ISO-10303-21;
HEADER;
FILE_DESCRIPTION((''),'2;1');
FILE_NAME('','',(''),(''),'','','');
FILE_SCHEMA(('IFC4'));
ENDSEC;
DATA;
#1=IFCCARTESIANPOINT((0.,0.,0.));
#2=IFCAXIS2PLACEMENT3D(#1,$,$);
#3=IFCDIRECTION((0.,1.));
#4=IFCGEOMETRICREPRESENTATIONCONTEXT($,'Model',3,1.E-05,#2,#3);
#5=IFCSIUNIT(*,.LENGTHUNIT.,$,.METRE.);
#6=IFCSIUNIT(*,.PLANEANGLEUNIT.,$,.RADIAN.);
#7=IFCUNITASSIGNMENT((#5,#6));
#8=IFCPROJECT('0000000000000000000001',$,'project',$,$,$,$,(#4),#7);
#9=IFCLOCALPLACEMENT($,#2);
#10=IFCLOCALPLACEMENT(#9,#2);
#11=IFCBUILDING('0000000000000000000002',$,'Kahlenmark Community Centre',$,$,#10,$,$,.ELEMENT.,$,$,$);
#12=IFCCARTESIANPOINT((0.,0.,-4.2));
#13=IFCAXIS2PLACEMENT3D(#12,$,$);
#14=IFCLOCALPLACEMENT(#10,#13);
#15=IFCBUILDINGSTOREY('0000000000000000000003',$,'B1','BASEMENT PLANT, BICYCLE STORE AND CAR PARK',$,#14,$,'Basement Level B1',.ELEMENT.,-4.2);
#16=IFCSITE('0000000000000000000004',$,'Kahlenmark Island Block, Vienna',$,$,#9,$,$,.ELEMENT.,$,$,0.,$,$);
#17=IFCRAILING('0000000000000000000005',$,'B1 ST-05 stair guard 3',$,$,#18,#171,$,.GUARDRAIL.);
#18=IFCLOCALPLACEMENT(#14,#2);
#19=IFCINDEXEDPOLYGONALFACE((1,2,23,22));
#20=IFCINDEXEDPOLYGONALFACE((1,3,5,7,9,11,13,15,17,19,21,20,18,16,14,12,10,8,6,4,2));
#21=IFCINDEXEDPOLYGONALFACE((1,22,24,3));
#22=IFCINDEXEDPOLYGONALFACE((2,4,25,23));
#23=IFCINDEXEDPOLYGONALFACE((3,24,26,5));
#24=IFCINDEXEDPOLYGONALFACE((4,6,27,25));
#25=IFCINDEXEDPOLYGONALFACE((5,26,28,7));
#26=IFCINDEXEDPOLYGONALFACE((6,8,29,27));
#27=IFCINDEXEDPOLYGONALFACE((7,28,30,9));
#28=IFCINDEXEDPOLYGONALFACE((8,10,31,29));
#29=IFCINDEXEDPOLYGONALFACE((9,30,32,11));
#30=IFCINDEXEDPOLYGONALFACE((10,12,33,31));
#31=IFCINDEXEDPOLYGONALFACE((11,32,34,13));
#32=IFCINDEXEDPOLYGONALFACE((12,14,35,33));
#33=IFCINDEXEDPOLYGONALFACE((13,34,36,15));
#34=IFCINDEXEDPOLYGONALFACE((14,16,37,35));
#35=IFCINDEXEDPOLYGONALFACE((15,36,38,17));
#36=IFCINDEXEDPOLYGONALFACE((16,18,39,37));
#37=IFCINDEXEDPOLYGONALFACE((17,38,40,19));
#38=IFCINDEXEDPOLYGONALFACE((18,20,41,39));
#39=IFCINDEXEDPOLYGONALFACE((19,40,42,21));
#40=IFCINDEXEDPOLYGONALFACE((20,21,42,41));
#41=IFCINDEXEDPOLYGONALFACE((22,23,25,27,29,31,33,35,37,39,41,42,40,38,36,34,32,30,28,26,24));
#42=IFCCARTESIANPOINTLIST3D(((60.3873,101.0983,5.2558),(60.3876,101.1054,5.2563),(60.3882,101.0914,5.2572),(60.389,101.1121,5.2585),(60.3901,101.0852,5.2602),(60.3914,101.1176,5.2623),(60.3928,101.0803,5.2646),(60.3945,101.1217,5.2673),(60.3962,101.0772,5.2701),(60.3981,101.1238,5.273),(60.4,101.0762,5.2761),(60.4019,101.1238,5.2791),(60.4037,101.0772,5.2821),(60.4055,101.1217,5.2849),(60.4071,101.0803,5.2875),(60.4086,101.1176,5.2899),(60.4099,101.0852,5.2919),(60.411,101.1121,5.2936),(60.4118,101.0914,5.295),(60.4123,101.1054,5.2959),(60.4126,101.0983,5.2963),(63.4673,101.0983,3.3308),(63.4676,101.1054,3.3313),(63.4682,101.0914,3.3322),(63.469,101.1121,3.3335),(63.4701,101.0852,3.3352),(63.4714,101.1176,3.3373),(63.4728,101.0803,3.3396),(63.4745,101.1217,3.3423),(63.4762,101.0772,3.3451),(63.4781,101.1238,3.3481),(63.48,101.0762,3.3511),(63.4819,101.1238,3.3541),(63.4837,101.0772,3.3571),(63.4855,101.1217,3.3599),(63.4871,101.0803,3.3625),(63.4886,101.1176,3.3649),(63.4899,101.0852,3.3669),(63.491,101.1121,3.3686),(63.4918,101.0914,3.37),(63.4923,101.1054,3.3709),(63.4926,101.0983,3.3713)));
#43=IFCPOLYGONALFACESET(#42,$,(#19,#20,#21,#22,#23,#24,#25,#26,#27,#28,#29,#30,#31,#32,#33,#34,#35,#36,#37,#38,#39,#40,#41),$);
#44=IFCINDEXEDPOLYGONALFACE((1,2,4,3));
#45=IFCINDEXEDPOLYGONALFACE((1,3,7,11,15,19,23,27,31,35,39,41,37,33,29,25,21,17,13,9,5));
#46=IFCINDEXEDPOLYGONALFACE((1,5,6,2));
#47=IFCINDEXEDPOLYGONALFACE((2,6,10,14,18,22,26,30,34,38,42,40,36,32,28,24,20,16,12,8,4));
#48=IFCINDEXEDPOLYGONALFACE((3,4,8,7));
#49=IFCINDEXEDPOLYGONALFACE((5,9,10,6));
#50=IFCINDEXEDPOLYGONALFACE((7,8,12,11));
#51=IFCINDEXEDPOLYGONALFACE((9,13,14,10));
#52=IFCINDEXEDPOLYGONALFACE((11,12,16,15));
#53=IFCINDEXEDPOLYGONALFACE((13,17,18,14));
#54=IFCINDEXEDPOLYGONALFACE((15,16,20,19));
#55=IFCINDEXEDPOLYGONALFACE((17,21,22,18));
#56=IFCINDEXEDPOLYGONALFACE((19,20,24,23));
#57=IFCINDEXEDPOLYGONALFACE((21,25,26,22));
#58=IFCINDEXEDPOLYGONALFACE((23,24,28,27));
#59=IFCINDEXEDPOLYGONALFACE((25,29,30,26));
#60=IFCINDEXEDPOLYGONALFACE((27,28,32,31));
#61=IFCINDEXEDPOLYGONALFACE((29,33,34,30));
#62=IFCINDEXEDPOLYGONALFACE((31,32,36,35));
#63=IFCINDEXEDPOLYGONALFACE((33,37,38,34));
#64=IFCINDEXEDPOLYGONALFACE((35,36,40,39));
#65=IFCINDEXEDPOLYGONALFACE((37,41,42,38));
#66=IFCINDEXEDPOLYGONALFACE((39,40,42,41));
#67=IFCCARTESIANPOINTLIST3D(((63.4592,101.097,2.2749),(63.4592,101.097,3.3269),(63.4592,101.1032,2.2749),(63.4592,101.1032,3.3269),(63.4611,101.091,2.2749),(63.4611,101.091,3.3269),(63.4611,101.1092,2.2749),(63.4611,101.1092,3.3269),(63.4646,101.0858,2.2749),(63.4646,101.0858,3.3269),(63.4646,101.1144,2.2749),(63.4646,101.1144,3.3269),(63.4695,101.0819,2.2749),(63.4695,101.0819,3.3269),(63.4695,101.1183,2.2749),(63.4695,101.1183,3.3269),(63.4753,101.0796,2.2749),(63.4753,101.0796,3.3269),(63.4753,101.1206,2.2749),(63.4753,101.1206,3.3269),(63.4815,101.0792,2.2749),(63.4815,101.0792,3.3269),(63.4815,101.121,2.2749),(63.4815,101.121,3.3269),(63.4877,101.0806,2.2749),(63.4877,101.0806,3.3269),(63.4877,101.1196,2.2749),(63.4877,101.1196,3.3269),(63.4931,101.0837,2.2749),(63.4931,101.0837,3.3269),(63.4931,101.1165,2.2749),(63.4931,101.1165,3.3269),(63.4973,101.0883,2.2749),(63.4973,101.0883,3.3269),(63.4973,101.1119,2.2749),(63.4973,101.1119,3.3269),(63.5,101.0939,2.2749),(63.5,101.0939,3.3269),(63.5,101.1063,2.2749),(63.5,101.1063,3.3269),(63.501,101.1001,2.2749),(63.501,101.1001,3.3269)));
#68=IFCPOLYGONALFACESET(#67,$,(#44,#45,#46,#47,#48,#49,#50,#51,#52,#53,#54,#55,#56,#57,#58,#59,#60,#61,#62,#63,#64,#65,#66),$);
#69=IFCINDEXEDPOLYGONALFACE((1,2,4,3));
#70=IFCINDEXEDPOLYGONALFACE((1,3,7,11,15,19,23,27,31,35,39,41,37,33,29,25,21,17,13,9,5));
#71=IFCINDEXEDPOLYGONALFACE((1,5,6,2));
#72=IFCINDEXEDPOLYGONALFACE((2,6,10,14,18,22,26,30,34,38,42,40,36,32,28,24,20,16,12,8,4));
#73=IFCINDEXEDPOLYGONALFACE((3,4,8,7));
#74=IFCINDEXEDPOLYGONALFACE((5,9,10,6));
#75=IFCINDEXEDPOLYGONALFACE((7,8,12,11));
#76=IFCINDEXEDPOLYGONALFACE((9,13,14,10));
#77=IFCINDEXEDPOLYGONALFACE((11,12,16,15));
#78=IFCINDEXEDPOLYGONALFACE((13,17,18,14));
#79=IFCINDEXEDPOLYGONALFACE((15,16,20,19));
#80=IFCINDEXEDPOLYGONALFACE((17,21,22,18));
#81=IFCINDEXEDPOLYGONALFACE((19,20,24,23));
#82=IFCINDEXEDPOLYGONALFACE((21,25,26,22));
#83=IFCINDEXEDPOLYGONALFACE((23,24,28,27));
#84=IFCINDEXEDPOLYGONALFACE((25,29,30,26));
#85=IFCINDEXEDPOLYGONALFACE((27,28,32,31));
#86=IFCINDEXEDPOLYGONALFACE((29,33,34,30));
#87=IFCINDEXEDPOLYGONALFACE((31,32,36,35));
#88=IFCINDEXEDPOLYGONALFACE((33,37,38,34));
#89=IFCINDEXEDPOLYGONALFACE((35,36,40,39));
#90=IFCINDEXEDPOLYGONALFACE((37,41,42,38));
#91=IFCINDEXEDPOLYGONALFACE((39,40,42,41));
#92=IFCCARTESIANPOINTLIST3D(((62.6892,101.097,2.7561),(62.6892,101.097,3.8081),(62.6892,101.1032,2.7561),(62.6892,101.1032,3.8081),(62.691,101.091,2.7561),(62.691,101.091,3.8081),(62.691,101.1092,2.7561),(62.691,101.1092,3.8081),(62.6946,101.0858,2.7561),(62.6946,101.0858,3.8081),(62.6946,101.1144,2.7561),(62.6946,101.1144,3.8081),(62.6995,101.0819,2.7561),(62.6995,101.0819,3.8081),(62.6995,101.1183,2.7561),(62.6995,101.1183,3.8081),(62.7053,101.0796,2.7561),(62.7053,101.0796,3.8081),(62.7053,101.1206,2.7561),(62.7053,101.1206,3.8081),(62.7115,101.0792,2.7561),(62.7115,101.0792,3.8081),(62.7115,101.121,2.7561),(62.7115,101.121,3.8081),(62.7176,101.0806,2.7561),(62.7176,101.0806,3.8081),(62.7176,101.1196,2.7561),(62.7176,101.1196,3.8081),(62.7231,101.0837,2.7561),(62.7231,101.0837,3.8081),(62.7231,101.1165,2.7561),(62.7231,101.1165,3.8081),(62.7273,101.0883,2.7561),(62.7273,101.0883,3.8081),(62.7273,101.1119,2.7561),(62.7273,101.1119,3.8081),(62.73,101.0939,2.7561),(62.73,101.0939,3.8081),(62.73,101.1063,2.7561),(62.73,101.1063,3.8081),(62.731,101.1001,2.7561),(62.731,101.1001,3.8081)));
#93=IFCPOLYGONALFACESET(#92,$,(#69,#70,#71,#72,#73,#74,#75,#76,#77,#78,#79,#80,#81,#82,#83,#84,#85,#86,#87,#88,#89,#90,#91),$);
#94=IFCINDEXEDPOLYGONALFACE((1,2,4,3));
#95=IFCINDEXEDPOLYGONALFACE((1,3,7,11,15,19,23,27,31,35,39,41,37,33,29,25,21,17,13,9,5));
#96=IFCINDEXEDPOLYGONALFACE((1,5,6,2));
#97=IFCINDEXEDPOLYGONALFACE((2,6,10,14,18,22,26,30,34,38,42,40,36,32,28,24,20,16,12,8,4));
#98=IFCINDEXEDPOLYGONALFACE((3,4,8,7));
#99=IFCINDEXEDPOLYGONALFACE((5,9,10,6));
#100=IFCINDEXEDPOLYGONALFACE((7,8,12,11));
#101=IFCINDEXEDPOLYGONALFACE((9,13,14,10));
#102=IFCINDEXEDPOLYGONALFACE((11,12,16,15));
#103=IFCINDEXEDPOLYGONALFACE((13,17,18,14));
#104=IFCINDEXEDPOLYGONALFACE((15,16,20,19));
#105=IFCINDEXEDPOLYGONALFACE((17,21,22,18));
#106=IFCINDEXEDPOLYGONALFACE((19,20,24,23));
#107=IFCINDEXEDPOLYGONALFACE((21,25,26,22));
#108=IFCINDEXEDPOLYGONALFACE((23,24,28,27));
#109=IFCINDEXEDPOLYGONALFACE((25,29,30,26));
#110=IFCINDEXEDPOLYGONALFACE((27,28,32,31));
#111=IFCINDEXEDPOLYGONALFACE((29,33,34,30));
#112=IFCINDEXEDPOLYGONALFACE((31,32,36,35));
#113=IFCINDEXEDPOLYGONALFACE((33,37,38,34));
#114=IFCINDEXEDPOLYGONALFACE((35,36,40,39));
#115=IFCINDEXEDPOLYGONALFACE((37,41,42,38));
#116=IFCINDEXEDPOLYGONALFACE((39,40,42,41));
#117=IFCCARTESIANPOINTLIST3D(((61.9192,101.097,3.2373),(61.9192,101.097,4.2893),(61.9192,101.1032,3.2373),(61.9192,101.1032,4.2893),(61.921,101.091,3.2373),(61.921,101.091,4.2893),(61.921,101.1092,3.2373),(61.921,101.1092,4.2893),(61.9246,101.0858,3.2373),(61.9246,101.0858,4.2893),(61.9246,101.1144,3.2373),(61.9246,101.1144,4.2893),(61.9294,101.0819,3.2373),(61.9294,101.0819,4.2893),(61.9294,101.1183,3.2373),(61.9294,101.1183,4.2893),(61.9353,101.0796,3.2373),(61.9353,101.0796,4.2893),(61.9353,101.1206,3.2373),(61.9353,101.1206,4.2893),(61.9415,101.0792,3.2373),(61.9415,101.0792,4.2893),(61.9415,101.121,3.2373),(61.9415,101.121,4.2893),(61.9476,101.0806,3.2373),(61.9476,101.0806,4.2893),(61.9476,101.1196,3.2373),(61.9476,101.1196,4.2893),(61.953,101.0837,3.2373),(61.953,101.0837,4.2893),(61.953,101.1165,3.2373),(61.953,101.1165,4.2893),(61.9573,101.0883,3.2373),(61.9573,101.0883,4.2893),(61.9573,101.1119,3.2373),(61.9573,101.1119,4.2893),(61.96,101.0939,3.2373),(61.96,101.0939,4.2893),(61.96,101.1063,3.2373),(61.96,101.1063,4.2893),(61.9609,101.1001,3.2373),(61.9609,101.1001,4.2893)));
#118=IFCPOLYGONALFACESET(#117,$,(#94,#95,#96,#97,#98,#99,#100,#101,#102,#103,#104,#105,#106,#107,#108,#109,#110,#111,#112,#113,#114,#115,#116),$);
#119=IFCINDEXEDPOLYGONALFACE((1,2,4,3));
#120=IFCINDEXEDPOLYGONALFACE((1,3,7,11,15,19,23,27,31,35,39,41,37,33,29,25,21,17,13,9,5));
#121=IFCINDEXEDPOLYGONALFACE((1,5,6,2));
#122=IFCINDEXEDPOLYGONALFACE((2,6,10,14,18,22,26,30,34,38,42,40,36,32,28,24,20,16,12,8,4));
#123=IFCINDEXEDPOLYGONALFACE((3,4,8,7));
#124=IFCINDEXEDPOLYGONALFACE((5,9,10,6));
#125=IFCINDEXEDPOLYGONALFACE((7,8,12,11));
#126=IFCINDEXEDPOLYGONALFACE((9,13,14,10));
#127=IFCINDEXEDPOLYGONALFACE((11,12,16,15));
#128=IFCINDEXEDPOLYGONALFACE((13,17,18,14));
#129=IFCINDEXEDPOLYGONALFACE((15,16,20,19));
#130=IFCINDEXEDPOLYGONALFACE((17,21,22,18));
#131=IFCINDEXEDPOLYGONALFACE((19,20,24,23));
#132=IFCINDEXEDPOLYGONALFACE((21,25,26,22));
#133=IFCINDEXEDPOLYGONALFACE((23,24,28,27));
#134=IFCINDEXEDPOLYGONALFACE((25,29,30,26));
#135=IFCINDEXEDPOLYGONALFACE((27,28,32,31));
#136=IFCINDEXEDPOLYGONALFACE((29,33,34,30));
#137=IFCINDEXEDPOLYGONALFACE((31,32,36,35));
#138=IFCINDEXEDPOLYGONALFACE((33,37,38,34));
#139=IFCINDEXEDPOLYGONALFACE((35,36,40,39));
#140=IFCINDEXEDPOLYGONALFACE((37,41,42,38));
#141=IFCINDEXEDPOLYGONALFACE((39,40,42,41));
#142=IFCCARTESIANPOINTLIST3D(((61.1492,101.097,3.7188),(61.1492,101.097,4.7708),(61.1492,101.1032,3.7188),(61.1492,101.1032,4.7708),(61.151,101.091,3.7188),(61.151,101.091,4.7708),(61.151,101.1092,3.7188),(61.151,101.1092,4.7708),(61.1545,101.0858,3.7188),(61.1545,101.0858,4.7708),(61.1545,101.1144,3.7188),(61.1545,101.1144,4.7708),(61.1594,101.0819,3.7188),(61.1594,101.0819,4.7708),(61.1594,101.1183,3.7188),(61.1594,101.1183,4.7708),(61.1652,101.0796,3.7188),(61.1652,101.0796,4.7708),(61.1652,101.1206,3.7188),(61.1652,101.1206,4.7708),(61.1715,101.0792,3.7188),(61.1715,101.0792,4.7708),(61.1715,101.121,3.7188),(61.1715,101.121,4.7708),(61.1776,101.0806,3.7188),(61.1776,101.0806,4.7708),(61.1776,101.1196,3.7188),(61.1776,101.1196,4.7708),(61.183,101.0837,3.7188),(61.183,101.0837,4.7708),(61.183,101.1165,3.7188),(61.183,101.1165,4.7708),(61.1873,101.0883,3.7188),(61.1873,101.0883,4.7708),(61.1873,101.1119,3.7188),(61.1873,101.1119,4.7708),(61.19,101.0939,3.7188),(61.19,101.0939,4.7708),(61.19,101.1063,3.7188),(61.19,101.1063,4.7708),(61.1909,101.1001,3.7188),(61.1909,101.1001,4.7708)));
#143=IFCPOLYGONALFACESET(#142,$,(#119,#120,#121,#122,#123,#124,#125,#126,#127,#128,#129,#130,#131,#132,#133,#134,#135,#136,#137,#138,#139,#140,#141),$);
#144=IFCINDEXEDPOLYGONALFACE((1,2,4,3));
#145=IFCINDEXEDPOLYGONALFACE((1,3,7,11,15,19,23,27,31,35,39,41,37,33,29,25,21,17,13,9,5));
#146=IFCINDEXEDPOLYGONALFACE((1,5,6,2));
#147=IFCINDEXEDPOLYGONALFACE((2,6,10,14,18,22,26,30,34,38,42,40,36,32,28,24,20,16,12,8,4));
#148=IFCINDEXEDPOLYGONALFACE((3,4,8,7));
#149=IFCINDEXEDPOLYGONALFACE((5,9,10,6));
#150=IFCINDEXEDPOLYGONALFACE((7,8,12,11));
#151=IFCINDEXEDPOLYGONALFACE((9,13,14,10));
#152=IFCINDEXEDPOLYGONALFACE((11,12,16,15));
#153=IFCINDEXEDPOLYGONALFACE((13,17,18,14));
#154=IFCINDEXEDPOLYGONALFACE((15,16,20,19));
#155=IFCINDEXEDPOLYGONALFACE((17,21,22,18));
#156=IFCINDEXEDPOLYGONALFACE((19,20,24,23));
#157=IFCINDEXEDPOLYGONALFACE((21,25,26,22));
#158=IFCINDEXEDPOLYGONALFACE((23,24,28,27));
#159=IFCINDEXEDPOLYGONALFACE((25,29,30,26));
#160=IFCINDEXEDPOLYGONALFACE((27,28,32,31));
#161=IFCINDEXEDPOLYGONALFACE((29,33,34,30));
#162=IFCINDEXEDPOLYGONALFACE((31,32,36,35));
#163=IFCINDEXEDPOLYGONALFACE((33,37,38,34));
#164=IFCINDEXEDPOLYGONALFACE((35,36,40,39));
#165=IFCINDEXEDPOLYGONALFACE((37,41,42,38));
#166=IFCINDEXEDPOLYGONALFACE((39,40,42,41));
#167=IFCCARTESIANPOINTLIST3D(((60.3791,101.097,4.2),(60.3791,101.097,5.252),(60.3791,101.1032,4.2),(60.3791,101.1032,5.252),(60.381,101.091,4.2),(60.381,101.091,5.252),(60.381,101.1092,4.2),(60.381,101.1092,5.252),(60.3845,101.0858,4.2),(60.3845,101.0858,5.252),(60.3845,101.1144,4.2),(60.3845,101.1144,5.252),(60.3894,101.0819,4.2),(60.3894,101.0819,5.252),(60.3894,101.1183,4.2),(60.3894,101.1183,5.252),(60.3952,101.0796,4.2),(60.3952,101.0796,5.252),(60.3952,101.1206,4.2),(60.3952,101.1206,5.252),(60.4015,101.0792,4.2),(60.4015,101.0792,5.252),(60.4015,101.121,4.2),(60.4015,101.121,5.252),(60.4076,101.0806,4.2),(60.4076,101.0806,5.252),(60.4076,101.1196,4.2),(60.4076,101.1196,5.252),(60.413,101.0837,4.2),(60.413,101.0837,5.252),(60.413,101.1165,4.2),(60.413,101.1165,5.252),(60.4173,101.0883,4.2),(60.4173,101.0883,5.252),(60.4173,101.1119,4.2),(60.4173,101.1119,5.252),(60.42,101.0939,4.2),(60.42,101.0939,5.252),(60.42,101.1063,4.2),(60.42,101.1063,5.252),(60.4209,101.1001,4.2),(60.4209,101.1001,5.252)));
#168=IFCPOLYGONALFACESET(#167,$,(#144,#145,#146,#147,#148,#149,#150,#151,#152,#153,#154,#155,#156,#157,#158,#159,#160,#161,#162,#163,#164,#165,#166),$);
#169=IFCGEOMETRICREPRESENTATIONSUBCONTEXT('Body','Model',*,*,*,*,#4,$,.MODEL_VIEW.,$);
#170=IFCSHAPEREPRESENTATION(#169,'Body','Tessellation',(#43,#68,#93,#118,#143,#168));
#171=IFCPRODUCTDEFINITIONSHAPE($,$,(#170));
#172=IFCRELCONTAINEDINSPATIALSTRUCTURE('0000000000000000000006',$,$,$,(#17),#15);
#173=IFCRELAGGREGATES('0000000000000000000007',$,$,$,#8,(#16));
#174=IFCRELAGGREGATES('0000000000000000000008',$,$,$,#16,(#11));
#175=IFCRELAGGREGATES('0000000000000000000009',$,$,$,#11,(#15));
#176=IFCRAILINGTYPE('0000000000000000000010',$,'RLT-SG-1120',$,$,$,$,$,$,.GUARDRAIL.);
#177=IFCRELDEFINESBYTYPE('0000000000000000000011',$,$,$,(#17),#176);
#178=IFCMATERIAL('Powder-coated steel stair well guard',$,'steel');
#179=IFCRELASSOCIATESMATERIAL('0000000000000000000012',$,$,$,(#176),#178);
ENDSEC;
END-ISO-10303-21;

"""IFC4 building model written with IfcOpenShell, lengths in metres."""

from ifc_helpers import new_model, si_unit, direction, frame, origin, origin_2d, place, context, subcontext, project, spatial, circle, extrude, material, type_object, element, save


model = new_model("IFC4")

# Units and contexts
model_context = context("Model", 3, precision=1e-05, world=origin(), true_north=direction((0.0, 1.0)))
body_context = subcontext(model_context, "Body", "Model", "MODEL_VIEW")
ifc_project = project(units=[si_unit("LENGTHUNIT", "METRE"), si_unit("PLANEANGLEUNIT", "RADIAN")], contexts=[model_context])

# Site, building, storey
site_placement = place(None, origin())
site = spatial("IfcSite", under=ifc_project, at=site_placement, Name="Kahlenmark Island Block, Vienna", CompositionType="ELEMENT", RefElevation=0.0)
building_placement = place(site_placement, origin())
building = spatial("IfcBuilding", under=site, at=building_placement, Name="Kahlenmark Community Centre", CompositionType="ELEMENT")
storey_placement = place(building_placement, frame((0.0, 0.0, -4.2)))
storey = spatial("IfcBuildingStorey", under=building, at=storey_placement, Name="B1", Description="BASEMENT PLANT, BICYCLE STORE AND CAR PARK", LongName="Basement Level B1", CompositionType="ELEMENT", Elevation=-4.2)

# Railing
ifc_material_1 = material(Name="Powder-coated steel stair well guard", Category="steel")
railing_type_1 = type_object("IfcRailingType", Name="RLT-SG-1120", PredefinedType="GUARDRAIL", material=ifc_material_1)
railing_1_placement = place(storey_placement, frame((63.48, 101.1001, 2.2749)))
element("IfcRailing", 1, at=railing_1_placement, inside=storey, type_object=railing_type_1, Name="B1 ST-05 stair guard 3", PredefinedType="GUARDRAIL", context=body_context, shape_type="SweptSolid", body=[
    extrude(circle(Radius=0.0239, at=origin_2d()), frame((0.0, 0.0, 1.0762), z_axis=(-0.847998, 0.0, 0.529999), x_axis=(0.0, -1.0, 0.0)), (0.0, 0.0, 1.0), 3.6321),
    extrude(circle(Radius=0.021, at=origin_2d()), origin(), (0.0, 0.0, 1.0), 1.052),
    extrude(circle(Radius=0.021, at=origin_2d()), frame((-0.77, 0.0, 0.4812)), (0.0, 0.0, 1.0), 1.052),
    extrude(circle(Radius=0.021, at=origin_2d()), frame((-1.54, 0.0, 0.9624)), (0.0, 0.0, 1.0), 1.052),
    extrude(circle(Radius=0.021, at=origin_2d()), frame((-2.3101, 0.0, 1.4438)), (0.0, 0.0, 1.0), 1.052),
    extrude(circle(Radius=0.021, at=origin_2d()), frame((-3.0801, 0.0, 1.925)), (0.0, 0.0, 1.0), 1.052),
])

save(model, "model.ifc")
